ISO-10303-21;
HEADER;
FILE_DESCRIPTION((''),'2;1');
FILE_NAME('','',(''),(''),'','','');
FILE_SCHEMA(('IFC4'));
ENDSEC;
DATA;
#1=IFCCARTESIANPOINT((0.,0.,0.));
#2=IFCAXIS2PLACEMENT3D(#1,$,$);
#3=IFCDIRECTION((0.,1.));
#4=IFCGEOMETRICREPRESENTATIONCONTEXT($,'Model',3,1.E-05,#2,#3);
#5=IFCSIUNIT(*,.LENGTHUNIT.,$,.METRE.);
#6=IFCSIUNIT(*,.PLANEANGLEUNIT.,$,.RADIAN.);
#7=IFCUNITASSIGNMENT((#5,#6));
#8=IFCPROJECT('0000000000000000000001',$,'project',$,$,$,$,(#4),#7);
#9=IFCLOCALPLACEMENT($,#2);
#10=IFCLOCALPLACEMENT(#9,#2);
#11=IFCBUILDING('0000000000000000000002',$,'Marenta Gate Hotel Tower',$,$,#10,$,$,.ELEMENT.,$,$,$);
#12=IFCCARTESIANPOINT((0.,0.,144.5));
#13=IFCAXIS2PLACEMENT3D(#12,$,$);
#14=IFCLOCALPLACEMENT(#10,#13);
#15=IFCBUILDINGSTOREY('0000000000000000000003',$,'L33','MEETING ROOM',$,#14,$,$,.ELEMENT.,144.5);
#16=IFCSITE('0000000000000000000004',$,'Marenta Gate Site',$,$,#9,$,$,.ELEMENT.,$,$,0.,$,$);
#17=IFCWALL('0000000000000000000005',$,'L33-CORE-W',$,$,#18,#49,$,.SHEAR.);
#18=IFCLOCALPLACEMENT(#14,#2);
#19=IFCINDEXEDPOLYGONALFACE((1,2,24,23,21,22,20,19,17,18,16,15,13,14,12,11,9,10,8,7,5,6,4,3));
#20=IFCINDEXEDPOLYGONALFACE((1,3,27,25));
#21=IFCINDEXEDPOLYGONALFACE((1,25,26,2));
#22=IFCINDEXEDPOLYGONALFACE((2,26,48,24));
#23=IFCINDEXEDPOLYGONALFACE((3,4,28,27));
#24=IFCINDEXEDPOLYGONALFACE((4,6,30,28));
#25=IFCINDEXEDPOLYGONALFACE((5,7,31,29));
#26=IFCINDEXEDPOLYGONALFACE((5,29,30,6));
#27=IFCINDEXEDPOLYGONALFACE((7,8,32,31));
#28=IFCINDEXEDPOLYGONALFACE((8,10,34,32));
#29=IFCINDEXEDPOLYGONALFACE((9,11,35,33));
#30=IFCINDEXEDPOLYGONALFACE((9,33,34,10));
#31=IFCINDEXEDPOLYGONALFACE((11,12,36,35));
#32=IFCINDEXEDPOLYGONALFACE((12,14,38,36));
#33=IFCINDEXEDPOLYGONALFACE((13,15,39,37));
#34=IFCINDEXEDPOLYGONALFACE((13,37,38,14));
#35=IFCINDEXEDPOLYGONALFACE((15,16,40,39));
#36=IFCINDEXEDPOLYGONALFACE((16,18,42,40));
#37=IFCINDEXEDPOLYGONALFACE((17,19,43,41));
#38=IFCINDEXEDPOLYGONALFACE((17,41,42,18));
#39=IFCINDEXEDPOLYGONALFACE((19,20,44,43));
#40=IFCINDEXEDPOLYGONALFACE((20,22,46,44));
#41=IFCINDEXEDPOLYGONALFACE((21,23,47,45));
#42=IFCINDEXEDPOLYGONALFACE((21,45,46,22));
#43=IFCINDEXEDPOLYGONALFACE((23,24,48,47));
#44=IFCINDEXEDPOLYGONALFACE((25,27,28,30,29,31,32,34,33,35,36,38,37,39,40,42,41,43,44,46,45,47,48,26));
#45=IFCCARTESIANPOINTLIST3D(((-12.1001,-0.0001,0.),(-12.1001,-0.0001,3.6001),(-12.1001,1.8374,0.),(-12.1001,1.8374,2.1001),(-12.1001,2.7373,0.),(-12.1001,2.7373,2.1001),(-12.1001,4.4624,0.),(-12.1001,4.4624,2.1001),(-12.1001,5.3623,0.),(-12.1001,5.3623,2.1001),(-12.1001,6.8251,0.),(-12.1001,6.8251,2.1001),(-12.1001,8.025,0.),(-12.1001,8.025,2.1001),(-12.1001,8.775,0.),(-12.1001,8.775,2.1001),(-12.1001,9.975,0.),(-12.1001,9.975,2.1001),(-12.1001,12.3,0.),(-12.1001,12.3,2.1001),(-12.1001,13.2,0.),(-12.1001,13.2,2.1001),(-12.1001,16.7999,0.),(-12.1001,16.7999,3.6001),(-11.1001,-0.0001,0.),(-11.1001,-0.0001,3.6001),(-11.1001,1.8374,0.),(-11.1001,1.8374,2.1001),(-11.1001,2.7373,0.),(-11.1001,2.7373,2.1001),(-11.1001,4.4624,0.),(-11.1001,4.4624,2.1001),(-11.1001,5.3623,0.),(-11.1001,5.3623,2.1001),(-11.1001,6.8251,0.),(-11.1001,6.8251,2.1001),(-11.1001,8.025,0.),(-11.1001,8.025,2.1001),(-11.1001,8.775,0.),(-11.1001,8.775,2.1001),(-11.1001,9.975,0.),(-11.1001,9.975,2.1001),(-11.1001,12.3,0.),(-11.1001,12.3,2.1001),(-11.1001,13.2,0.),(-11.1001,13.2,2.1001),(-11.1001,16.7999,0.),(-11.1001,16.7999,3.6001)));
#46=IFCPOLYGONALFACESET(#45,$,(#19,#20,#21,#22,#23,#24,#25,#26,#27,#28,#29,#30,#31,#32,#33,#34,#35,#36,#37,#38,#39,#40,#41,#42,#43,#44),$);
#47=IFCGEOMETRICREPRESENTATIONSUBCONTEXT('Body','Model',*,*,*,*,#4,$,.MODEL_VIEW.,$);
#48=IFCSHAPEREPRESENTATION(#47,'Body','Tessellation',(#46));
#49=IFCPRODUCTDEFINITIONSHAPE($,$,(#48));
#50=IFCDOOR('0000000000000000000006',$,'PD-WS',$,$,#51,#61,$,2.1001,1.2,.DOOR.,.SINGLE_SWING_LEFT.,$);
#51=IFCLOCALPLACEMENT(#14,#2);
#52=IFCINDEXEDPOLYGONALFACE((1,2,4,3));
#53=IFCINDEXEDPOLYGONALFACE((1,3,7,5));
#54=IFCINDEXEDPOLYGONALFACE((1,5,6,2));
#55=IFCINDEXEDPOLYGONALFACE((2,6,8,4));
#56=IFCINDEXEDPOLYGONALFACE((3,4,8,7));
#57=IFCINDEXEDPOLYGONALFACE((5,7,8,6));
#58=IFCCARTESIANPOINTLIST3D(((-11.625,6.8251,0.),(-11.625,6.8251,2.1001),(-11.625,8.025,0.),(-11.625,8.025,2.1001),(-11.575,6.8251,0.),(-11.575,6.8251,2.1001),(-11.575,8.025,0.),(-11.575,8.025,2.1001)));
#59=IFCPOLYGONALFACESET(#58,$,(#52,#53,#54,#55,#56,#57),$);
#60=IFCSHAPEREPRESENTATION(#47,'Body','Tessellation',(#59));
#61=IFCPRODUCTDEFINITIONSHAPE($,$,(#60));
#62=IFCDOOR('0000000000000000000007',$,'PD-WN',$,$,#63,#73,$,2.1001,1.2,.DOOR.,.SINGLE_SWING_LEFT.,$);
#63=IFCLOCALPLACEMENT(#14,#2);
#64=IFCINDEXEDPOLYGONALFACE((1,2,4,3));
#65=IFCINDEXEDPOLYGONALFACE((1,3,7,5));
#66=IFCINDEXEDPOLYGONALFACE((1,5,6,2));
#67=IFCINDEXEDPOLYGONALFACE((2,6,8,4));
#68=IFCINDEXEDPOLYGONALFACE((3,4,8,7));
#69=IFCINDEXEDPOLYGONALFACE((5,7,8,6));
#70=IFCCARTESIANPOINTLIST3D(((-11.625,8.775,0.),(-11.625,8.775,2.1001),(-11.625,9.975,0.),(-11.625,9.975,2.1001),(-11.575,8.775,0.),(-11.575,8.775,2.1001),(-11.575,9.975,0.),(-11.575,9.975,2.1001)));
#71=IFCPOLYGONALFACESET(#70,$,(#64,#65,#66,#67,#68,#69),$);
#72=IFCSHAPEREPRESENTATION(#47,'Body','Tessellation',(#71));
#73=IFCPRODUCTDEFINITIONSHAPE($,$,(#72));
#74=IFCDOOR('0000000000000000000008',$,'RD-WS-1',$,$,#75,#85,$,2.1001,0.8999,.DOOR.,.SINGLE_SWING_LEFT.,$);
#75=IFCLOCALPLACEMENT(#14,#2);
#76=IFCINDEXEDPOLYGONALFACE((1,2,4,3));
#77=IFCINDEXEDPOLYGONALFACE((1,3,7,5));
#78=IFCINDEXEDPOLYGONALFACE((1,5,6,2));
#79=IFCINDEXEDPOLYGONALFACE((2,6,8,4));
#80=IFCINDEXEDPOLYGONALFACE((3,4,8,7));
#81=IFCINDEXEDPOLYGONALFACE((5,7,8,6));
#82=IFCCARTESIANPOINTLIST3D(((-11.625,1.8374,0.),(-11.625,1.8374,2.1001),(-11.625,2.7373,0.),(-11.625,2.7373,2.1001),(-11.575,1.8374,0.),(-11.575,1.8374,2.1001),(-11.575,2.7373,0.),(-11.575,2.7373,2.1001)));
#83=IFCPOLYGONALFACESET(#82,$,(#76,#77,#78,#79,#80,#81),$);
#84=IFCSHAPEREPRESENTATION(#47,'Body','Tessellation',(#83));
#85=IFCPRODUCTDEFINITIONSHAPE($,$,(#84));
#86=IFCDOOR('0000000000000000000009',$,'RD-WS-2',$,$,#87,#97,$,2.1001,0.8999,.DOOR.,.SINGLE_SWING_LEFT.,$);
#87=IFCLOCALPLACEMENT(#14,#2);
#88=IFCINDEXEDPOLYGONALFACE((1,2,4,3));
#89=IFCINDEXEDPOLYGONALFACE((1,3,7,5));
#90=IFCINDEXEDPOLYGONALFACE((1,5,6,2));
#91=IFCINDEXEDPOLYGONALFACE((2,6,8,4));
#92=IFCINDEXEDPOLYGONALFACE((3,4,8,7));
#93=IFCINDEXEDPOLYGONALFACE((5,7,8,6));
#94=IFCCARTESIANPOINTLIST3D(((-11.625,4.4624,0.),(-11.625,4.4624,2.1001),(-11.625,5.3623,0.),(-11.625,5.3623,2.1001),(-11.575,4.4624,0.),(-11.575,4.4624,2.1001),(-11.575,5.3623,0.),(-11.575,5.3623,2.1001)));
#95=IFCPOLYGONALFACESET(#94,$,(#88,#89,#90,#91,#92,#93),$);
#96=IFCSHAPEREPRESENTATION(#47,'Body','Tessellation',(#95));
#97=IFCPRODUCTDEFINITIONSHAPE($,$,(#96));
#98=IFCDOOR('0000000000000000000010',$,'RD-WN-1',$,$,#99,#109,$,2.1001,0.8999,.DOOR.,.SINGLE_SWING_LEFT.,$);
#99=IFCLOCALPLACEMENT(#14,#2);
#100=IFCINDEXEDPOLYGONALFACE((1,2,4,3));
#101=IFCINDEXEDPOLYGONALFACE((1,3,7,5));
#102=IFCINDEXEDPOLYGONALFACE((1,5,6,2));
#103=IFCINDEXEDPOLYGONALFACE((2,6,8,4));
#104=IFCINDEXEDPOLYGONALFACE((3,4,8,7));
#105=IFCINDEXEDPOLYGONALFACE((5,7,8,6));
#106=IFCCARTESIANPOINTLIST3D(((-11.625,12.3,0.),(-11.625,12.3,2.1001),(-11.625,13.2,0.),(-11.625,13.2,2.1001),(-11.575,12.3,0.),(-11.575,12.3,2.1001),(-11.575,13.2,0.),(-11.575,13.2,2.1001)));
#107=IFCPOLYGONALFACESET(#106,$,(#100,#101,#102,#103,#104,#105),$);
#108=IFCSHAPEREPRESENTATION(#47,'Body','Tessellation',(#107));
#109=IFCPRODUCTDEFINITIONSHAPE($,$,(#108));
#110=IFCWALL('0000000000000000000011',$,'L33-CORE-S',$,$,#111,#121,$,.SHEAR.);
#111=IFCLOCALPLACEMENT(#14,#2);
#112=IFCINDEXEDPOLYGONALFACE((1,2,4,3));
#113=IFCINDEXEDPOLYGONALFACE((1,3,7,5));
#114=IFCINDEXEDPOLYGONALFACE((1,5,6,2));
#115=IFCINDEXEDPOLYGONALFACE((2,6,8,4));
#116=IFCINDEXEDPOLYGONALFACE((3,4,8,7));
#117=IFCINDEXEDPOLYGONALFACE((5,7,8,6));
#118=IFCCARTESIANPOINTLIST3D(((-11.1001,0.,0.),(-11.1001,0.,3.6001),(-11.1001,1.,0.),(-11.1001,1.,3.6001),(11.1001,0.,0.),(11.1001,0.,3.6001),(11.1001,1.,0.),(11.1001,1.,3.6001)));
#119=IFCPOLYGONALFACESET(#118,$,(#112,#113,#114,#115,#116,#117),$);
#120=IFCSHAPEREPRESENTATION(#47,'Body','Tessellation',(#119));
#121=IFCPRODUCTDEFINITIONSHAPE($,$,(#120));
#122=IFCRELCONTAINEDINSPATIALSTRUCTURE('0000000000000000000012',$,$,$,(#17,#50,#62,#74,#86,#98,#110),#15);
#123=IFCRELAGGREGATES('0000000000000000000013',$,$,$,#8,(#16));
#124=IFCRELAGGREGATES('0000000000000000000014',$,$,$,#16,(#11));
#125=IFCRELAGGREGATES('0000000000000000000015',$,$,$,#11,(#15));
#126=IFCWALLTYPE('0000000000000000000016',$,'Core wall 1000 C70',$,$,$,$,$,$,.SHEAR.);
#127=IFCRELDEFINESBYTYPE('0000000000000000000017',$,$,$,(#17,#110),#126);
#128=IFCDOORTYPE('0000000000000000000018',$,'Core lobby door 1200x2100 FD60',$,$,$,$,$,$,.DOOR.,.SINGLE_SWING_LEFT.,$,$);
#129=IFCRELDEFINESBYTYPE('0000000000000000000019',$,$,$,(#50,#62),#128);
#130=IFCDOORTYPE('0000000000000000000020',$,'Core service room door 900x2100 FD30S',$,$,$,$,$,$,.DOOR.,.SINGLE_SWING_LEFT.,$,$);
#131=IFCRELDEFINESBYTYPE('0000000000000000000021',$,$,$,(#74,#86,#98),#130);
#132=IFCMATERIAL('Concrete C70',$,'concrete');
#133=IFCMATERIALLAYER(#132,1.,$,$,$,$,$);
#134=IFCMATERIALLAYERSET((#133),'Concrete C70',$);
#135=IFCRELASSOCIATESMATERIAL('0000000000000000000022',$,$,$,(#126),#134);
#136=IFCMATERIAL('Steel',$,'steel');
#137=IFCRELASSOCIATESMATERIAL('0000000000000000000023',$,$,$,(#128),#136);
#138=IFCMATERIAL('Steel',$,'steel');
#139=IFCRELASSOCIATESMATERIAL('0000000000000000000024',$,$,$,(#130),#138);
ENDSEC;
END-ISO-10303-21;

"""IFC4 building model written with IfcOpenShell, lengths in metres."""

from ifc_helpers import new_model, si_unit, direction, frame, frame_2d, origin, place, context, subcontext, project, spatial, rectangle, extrude, material, layer, layer_set, type_object, element, fill, save


model = new_model("IFC4")

# Units and contexts
model_context = context("Model", 3, precision=1e-05, world=origin(), true_north=direction((0.0, 1.0)))
body_context = subcontext(model_context, "Body", "Model", "MODEL_VIEW")
ifc_project = project(units=[si_unit("LENGTHUNIT", "METRE"), si_unit("PLANEANGLEUNIT", "RADIAN")], contexts=[model_context])

# Site, building, storey
site_placement = place(None, origin())
site = spatial("IfcSite", under=ifc_project, at=site_placement, Name="Marenta Gate Site", CompositionType="ELEMENT", RefElevation=0.0)
building_placement = place(site_placement, origin())
building = spatial("IfcBuilding", under=site, at=building_placement, Name="Marenta Gate Hotel Tower", CompositionType="ELEMENT")
storey_placement = place(building_placement, frame((0.0, 0.0, 144.5)))
storey = spatial("IfcBuildingStorey", under=building, at=storey_placement, Name="L33", Description="MEETING ROOM", CompositionType="ELEMENT", Elevation=144.5)

# Wall, openings, doors
ifc_material_1 = material(Name="Concrete C70", Category="concrete")
ifc_layer_1 = layer(ifc_material_1, 1.0)
ifc_layer_set_1 = layer_set([ifc_layer_1], Name="Concrete C70")
wall_type_1 = type_object("IfcWallType", Name="Core wall 1000 C70", PredefinedType="SHEAR", material=ifc_layer_set_1)
wall_1_placement = place(storey_placement, frame((-11.6001, 0.0, 0.0), z_axis=(0.0, 0.0, 1.0), x_axis=(0.0, 1.0, 0.0)))
wall_1 = element("IfcWall", 1, at=wall_1_placement, inside=storey, type_object=wall_type_1, Name="L33-CORE-W", PredefinedType="SHEAR", context=body_context, shape_type="SweptSolid", body=[
    extrude(rectangle(XDim=16.8, YDim=1.0, at=frame_2d((8.3999, 0.0))), origin(), (0.0, 0.0, 1.0), 3.6001),
])
opening_1_placement = place(wall_1_placement, frame((1.8374, 0.0, 0.0)))
opening_1 = element("IfcOpeningElement", 2, at=opening_1_placement, cuts=wall_1, PredefinedType="OPENING", context=body_context, shape_type="SweptSolid", body=[
    extrude(rectangle(XDim=0.8999, YDim=2.1001, at=frame_2d((0.45, 1.05))), frame((0.0, 0.5, 0.0), z_axis=(0.0, -1.0, 0.0), x_axis=(1.0, 0.0, 0.0)), (0.0, 0.0, 1.0), 1.0),
])
opening_2_placement = place(wall_1_placement, frame((4.4624, 0.0, 0.0)))
opening_2 = element("IfcOpeningElement", 3, at=opening_2_placement, cuts=wall_1, PredefinedType="OPENING", context=body_context, shape_type="SweptSolid", body=[
    extrude(rectangle(XDim=0.8999, YDim=2.1001, at=frame_2d((0.45, 1.05))), frame((0.0, 0.5, 0.0), z_axis=(0.0, -1.0, 0.0), x_axis=(1.0, 0.0, 0.0)), (0.0, 0.0, 1.0), 1.0),
])
opening_3_placement = place(wall_1_placement, frame((6.825, 0.0, 0.0)))
opening_3 = element("IfcOpeningElement", 4, at=opening_3_placement, cuts=wall_1, PredefinedType="OPENING", context=body_context, shape_type="SweptSolid", body=[
    extrude(rectangle(XDim=1.2, YDim=2.1001, at=frame_2d((0.6001, 1.05))), frame((0.0, 0.5, 0.0), z_axis=(0.0, -1.0, 0.0), x_axis=(1.0, 0.0, 0.0)), (0.0, 0.0, 1.0), 1.0),
])
opening_4_placement = place(wall_1_placement, frame((12.3, 0.0, 0.0)))
opening_4 = element("IfcOpeningElement", 5, at=opening_4_placement, cuts=wall_1, PredefinedType="OPENING", context=body_context, shape_type="SweptSolid", body=[
    extrude(rectangle(XDim=0.8999, YDim=2.1001, at=frame_2d((0.45, 1.05))), frame((0.0, 0.5, 0.0), z_axis=(0.0, -1.0, 0.0), x_axis=(1.0, 0.0, 0.0)), (0.0, 0.0, 1.0), 1.0),
])
opening_5_placement = place(wall_1_placement, frame((8.7749, 0.0, 0.0)))
opening_5 = element("IfcOpeningElement", 6, at=opening_5_placement, cuts=wall_1, PredefinedType="OPENING", context=body_context, shape_type="SweptSolid", body=[
    extrude(rectangle(XDim=1.2, YDim=2.1001, at=frame_2d((0.6001, 1.05))), frame((0.0, 0.5, 0.0), z_axis=(0.0, -1.0, 0.0), x_axis=(1.0, 0.0, 0.0)), (0.0, 0.0, 1.0), 1.0),
])
ifc_material_2 = material(Name="Steel", Category="steel")
door_type_1 = type_object("IfcDoorType", Name="Core lobby door 1200x2100 FD60", OperationType="SINGLE_SWING_LEFT", PredefinedType="DOOR", material=ifc_material_2)
door_1_placement = place(opening_3_placement, origin())
door_1 = element("IfcDoor", 7, at=door_1_placement, inside=storey, type_object=door_type_1, Name="PD-WS", OperationType="SINGLE_SWING_LEFT", OverallHeight=2.1001, OverallWidth=1.2, PredefinedType="DOOR", context=body_context, shape_type="SweptSolid", body=[
    extrude(rectangle(XDim=1.2, YDim=2.1001, at=frame_2d((0.6001, 1.05))), frame((0.0, 0.0249, 0.0), z_axis=(0.0, -1.0, 0.0), x_axis=(1.0, 0.0, 0.0)), (0.0, 0.0, 1.0), 0.05),
])
fill(opening_3, door_1)
door_2_placement = place(opening_5_placement, origin())
door_2 = element("IfcDoor", 8, at=door_2_placement, inside=storey, type_object=door_type_1, Name="PD-WN", OperationType="SINGLE_SWING_LEFT", OverallHeight=2.1001, OverallWidth=1.2, PredefinedType="DOOR", context=body_context, shape_type="SweptSolid", body=[
    extrude(rectangle(XDim=1.2, YDim=2.1001, at=frame_2d((0.6001, 1.05))), frame((0.0, 0.0249, 0.0), z_axis=(0.0, -1.0, 0.0), x_axis=(1.0, 0.0, 0.0)), (0.0, 0.0, 1.0), 0.05),
])
fill(opening_5, door_2)
ifc_material_3 = material(Name="Steel", Category="steel")
door_type_2 = type_object("IfcDoorType", Name="Core service room door 900x2100 FD30S", OperationType="SINGLE_SWING_LEFT", PredefinedType="DOOR", material=ifc_material_3)
door_3_placement = place(opening_1_placement, origin())
door_3 = element("IfcDoor", 9, at=door_3_placement, inside=storey, type_object=door_type_2, Name="RD-WS-1", OperationType="SINGLE_SWING_LEFT", OverallHeight=2.1001, OverallWidth=0.8999, PredefinedType="DOOR", context=body_context, shape_type="SweptSolid", body=[
    extrude(rectangle(XDim=0.8999, YDim=2.1001, at=frame_2d((0.45, 1.05))), frame((0.0, 0.0249, 0.0), z_axis=(0.0, -1.0, 0.0), x_axis=(1.0, 0.0, 0.0)), (0.0, 0.0, 1.0), 0.05),
])
fill(opening_1, door_3)
door_4_placement = place(opening_2_placement, origin())
door_4 = element("IfcDoor", 10, at=door_4_placement, inside=storey, type_object=door_type_2, Name="RD-WS-2", OperationType="SINGLE_SWING_LEFT", OverallHeight=2.1001, OverallWidth=0.8999, PredefinedType="DOOR", context=body_context, shape_type="SweptSolid", body=[
    extrude(rectangle(XDim=0.8999, YDim=2.1001, at=frame_2d((0.45, 1.05))), frame((0.0, 0.0249, 0.0), z_axis=(0.0, -1.0, 0.0), x_axis=(1.0, 0.0, 0.0)), (0.0, 0.0, 1.0), 0.05),
])
fill(opening_2, door_4)
door_5_placement = place(opening_4_placement, origin())
door_5 = element("IfcDoor", 11, at=door_5_placement, inside=storey, type_object=door_type_2, Name="RD-WN-1", OperationType="SINGLE_SWING_LEFT", OverallHeight=2.1001, OverallWidth=0.8999, PredefinedType="DOOR", context=body_context, shape_type="SweptSolid", body=[
    extrude(rectangle(XDim=0.8999, YDim=2.1001, at=frame_2d((0.45, 1.05))), frame((0.0, 0.0249, 0.0), z_axis=(0.0, -1.0, 0.0), x_axis=(1.0, 0.0, 0.0)), (0.0, 0.0, 1.0), 0.05),
])
fill(opening_4, door_5)

# Wall
wall_2_placement = place(storey_placement, frame((-11.1001, 0.5, 0.0), z_axis=(0.0, 0.0, 1.0), x_axis=(1.0, 0.0, 0.0)))
element("IfcWall", 12, at=wall_2_placement, inside=storey, type_object=wall_type_1, Name="L33-CORE-S", PredefinedType="SHEAR", context=body_context, shape_type="SweptSolid", body=[
    extrude(rectangle(XDim=22.2002, YDim=1.0, at=frame_2d((11.1001, 0.0))), origin(), (0.0, 0.0, 1.0), 3.6001),
])

save(model, "model.ifc")
